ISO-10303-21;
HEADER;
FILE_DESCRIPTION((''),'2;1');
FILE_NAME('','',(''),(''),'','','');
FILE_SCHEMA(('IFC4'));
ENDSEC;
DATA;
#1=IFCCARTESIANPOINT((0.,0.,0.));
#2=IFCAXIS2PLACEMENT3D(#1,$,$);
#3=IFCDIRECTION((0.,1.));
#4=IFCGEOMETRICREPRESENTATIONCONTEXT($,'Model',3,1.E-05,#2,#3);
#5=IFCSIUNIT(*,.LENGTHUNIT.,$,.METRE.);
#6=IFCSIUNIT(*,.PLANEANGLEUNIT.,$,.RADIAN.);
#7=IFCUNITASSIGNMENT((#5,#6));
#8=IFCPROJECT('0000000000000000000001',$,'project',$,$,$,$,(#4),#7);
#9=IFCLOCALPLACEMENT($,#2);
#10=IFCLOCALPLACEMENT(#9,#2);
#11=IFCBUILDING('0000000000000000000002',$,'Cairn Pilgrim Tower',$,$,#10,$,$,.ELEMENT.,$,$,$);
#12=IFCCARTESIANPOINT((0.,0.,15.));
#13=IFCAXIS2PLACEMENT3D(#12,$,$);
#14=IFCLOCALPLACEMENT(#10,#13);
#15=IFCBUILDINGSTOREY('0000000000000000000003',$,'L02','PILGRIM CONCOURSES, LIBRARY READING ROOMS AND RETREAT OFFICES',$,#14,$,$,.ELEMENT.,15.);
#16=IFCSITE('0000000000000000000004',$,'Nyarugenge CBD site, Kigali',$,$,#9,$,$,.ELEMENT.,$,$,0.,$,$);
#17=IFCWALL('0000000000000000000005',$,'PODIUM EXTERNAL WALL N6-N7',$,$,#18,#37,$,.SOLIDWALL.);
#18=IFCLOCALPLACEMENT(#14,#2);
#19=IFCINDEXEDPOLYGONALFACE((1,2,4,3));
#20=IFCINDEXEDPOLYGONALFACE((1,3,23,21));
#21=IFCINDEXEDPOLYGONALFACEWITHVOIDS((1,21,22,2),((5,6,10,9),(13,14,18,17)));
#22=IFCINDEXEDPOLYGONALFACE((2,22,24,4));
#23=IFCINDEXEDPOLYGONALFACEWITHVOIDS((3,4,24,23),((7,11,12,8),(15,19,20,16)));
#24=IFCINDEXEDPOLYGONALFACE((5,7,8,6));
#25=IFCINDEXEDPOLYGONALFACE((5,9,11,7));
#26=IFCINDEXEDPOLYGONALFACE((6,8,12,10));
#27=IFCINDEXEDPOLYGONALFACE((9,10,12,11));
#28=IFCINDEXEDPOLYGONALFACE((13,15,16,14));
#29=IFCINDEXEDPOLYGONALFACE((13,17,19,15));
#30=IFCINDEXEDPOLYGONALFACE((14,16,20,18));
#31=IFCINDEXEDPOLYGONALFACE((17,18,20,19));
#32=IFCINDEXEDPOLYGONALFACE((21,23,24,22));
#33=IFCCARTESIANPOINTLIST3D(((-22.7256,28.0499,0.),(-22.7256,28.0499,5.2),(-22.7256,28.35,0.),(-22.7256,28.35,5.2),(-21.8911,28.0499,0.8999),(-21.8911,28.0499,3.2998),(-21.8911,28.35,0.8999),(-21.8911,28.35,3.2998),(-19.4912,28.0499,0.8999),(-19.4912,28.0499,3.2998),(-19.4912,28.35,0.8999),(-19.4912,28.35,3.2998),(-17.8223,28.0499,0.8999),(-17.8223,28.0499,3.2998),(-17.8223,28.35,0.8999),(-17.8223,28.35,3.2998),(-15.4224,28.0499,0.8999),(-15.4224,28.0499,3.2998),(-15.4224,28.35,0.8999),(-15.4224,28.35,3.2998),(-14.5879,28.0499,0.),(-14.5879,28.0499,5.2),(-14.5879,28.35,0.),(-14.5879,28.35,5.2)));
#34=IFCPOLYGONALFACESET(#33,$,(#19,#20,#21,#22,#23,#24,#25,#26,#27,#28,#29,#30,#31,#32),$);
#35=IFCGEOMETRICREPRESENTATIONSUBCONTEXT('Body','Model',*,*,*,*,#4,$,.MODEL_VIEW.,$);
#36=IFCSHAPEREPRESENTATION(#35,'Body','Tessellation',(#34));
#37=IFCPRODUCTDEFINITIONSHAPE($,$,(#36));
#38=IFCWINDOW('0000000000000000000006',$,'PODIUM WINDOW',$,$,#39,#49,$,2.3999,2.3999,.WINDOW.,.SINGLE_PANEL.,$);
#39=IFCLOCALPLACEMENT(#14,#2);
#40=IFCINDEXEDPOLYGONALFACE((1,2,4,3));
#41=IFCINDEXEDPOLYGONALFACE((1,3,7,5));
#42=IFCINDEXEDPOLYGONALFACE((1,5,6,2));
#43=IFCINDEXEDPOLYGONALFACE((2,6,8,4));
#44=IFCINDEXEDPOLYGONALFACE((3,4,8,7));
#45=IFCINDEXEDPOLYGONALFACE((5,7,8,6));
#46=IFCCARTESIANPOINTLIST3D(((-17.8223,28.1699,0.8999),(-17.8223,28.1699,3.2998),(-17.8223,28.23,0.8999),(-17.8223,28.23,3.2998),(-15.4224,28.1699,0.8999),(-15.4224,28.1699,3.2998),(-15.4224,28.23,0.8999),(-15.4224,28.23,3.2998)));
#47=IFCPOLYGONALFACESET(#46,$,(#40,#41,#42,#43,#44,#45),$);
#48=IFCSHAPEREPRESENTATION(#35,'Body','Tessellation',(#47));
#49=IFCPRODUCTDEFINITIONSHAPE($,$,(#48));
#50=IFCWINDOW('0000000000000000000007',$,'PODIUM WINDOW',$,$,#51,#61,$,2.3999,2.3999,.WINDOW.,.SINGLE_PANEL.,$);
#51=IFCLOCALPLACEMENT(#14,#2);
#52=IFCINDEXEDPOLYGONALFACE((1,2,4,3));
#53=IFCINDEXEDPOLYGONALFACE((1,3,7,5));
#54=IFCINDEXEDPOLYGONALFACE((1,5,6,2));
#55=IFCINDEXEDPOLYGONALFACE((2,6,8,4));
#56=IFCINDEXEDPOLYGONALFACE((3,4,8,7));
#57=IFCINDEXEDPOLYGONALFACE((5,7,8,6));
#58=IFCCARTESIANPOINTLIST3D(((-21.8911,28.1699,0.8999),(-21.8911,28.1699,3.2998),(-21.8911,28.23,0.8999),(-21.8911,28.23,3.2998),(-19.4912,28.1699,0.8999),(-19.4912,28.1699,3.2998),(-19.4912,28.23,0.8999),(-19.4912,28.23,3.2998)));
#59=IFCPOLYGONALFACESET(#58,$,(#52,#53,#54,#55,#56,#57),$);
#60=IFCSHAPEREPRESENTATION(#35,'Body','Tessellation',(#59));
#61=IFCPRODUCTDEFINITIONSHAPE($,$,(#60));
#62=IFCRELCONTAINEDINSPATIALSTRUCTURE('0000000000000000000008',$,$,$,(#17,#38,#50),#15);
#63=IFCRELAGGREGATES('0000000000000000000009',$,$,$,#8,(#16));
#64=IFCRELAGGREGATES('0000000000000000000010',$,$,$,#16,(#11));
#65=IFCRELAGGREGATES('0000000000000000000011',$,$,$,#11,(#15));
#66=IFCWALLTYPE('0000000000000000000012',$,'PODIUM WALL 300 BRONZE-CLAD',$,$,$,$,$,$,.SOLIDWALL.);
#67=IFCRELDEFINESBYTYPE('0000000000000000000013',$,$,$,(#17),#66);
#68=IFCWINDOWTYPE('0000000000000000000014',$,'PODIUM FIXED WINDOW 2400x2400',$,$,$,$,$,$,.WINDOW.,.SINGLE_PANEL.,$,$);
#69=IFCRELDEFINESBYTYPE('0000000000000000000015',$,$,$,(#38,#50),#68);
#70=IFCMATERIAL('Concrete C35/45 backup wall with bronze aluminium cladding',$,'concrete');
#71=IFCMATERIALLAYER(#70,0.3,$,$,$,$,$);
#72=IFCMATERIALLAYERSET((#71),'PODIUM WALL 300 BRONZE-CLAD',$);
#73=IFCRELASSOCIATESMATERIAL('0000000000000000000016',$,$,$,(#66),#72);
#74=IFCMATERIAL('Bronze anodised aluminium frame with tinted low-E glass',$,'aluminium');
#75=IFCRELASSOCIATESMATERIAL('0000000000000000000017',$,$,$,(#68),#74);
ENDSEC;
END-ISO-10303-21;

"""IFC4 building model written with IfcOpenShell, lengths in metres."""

from ifc_helpers import new_model, si_unit, direction, frame, frame_2d, origin, place, context, subcontext, project, spatial, rectangle, extrude, material, layer, layer_set, type_object, element, fill, save


model = new_model("IFC4")

# Units and contexts
model_context = context("Model", 3, precision=1e-05, world=origin(), true_north=direction((0.0, 1.0)))
body_context = subcontext(model_context, "Body", "Model", "MODEL_VIEW")
ifc_project = project(units=[si_unit("LENGTHUNIT", "METRE"), si_unit("PLANEANGLEUNIT", "RADIAN")], contexts=[model_context])

# Site, building, storey
site_placement = place(None, origin())
site = spatial("IfcSite", under=ifc_project, at=site_placement, Name="Nyarugenge CBD site, Kigali", CompositionType="ELEMENT", RefElevation=0.0)
building_placement = place(site_placement, origin())
building = spatial("IfcBuilding", under=site, at=building_placement, Name="Cairn Pilgrim Tower", CompositionType="ELEMENT")
storey_placement = place(building_placement, frame((0.0, 0.0, 15.0)))
storey = spatial("IfcBuildingStorey", under=building, at=storey_placement, Name="L02", Description="PILGRIM CONCOURSES, LIBRARY READING ROOMS AND RETREAT OFFICES", CompositionType="ELEMENT", Elevation=15.0)

# Wall, openings, windows
ifc_material_1 = material(Name="Concrete C35/45 backup wall with bronze aluminium cladding", Category="concrete")
ifc_layer_1 = layer(ifc_material_1, 0.3)
ifc_layer_set_1 = layer_set([ifc_layer_1], Name="PODIUM WALL 300 BRONZE-CLAD")
wall_type_1 = type_object("IfcWallType", Name="PODIUM WALL 300 BRONZE-CLAD", PredefinedType="SOLIDWALL", material=ifc_layer_set_1)
ifc_material_2 = material(Name="Bronze anodised aluminium frame with tinted low-E glass", Category="aluminium")
window_type = type_object("IfcWindowType", Name="PODIUM FIXED WINDOW 2400x2400", PartitioningType="SINGLE_PANEL", PredefinedType="WINDOW", material=ifc_material_2)
wall_1_placement = place(storey_placement, frame((-14.5879, 28.2, 0.0), z_axis=(0.0, 0.0, 1.0), x_axis=(-1.0, 0.0, 0.0)))
wall_1 = element("IfcWall", 1, at=wall_1_placement, inside=storey, type_object=wall_type_1, Name="PODIUM EXTERNAL WALL N6-N7", PredefinedType="SOLIDWALL", context=body_context, shape_type="SweptSolid", body=[
    extrude(rectangle(XDim=8.1377, YDim=0.3, at=frame_2d((4.0688, 0.0))), origin(), (0.0, 0.0, 1.0), 5.2),
])
opening_1_placement = place(wall_1_placement, frame((0.8345, 0.0, 0.8999)))
opening_1 = element("IfcOpeningElement", 2, at=opening_1_placement, cuts=wall_1, PredefinedType="OPENING", context=body_context, shape_type="SweptSolid", body=[
    extrude(rectangle(XDim=2.3999, YDim=2.3999, at=frame_2d((1.2, 1.2))), frame((0.0, 0.1602, 0.0), z_axis=(0.0, -1.0, 0.0), x_axis=(1.0, 0.0, 0.0)), (0.0, 0.0, 1.0), 0.3201),
])
opening_2_placement = place(wall_1_placement, frame((4.9033, 0.0, 0.8999)))
opening_2 = element("IfcOpeningElement", 3, at=opening_2_placement, cuts=wall_1, PredefinedType="OPENING", context=body_context, shape_type="SweptSolid", body=[
    extrude(rectangle(XDim=2.3999, YDim=2.3999, at=frame_2d((1.2, 1.2))), frame((0.0, 0.1602, 0.0), z_axis=(0.0, -1.0, 0.0), x_axis=(1.0, 0.0, 0.0)), (0.0, 0.0, 1.0), 0.3201),
])
window_1_placement = place(opening_1_placement, origin())
window_1 = element("IfcWindow", 4, at=window_1_placement, inside=storey, type_object=window_type, Name="PODIUM WINDOW", OverallHeight=2.3999, OverallWidth=2.3999, PartitioningType="SINGLE_PANEL", PredefinedType="WINDOW", context=body_context, shape_type="SweptSolid", body=[
    extrude(rectangle(XDim=2.3999, YDim=2.3999, at=frame_2d((1.2, 1.2))), frame((0.0, 0.03, 0.0), z_axis=(0.0, -1.0, 0.0), x_axis=(1.0, 0.0, 0.0)), (0.0, 0.0, 1.0), 0.0601),
])
fill(opening_1, window_1)
window_2_placement = place(opening_2_placement, origin())
window_2 = element("IfcWindow", 5, at=window_2_placement, inside=storey, type_object=window_type, Name="PODIUM WINDOW", OverallHeight=2.3999, OverallWidth=2.3999, PartitioningType="SINGLE_PANEL", PredefinedType="WINDOW", context=body_context, shape_type="SweptSolid", body=[
    extrude(rectangle(XDim=2.3999, YDim=2.3999, at=frame_2d((1.2, 1.2))), frame((0.0, 0.03, 0.0), z_axis=(0.0, -1.0, 0.0), x_axis=(1.0, 0.0, 0.0)), (0.0, 0.0, 1.0), 0.0601),
])
fill(opening_2, window_2)

save(model, "model.ifc")
